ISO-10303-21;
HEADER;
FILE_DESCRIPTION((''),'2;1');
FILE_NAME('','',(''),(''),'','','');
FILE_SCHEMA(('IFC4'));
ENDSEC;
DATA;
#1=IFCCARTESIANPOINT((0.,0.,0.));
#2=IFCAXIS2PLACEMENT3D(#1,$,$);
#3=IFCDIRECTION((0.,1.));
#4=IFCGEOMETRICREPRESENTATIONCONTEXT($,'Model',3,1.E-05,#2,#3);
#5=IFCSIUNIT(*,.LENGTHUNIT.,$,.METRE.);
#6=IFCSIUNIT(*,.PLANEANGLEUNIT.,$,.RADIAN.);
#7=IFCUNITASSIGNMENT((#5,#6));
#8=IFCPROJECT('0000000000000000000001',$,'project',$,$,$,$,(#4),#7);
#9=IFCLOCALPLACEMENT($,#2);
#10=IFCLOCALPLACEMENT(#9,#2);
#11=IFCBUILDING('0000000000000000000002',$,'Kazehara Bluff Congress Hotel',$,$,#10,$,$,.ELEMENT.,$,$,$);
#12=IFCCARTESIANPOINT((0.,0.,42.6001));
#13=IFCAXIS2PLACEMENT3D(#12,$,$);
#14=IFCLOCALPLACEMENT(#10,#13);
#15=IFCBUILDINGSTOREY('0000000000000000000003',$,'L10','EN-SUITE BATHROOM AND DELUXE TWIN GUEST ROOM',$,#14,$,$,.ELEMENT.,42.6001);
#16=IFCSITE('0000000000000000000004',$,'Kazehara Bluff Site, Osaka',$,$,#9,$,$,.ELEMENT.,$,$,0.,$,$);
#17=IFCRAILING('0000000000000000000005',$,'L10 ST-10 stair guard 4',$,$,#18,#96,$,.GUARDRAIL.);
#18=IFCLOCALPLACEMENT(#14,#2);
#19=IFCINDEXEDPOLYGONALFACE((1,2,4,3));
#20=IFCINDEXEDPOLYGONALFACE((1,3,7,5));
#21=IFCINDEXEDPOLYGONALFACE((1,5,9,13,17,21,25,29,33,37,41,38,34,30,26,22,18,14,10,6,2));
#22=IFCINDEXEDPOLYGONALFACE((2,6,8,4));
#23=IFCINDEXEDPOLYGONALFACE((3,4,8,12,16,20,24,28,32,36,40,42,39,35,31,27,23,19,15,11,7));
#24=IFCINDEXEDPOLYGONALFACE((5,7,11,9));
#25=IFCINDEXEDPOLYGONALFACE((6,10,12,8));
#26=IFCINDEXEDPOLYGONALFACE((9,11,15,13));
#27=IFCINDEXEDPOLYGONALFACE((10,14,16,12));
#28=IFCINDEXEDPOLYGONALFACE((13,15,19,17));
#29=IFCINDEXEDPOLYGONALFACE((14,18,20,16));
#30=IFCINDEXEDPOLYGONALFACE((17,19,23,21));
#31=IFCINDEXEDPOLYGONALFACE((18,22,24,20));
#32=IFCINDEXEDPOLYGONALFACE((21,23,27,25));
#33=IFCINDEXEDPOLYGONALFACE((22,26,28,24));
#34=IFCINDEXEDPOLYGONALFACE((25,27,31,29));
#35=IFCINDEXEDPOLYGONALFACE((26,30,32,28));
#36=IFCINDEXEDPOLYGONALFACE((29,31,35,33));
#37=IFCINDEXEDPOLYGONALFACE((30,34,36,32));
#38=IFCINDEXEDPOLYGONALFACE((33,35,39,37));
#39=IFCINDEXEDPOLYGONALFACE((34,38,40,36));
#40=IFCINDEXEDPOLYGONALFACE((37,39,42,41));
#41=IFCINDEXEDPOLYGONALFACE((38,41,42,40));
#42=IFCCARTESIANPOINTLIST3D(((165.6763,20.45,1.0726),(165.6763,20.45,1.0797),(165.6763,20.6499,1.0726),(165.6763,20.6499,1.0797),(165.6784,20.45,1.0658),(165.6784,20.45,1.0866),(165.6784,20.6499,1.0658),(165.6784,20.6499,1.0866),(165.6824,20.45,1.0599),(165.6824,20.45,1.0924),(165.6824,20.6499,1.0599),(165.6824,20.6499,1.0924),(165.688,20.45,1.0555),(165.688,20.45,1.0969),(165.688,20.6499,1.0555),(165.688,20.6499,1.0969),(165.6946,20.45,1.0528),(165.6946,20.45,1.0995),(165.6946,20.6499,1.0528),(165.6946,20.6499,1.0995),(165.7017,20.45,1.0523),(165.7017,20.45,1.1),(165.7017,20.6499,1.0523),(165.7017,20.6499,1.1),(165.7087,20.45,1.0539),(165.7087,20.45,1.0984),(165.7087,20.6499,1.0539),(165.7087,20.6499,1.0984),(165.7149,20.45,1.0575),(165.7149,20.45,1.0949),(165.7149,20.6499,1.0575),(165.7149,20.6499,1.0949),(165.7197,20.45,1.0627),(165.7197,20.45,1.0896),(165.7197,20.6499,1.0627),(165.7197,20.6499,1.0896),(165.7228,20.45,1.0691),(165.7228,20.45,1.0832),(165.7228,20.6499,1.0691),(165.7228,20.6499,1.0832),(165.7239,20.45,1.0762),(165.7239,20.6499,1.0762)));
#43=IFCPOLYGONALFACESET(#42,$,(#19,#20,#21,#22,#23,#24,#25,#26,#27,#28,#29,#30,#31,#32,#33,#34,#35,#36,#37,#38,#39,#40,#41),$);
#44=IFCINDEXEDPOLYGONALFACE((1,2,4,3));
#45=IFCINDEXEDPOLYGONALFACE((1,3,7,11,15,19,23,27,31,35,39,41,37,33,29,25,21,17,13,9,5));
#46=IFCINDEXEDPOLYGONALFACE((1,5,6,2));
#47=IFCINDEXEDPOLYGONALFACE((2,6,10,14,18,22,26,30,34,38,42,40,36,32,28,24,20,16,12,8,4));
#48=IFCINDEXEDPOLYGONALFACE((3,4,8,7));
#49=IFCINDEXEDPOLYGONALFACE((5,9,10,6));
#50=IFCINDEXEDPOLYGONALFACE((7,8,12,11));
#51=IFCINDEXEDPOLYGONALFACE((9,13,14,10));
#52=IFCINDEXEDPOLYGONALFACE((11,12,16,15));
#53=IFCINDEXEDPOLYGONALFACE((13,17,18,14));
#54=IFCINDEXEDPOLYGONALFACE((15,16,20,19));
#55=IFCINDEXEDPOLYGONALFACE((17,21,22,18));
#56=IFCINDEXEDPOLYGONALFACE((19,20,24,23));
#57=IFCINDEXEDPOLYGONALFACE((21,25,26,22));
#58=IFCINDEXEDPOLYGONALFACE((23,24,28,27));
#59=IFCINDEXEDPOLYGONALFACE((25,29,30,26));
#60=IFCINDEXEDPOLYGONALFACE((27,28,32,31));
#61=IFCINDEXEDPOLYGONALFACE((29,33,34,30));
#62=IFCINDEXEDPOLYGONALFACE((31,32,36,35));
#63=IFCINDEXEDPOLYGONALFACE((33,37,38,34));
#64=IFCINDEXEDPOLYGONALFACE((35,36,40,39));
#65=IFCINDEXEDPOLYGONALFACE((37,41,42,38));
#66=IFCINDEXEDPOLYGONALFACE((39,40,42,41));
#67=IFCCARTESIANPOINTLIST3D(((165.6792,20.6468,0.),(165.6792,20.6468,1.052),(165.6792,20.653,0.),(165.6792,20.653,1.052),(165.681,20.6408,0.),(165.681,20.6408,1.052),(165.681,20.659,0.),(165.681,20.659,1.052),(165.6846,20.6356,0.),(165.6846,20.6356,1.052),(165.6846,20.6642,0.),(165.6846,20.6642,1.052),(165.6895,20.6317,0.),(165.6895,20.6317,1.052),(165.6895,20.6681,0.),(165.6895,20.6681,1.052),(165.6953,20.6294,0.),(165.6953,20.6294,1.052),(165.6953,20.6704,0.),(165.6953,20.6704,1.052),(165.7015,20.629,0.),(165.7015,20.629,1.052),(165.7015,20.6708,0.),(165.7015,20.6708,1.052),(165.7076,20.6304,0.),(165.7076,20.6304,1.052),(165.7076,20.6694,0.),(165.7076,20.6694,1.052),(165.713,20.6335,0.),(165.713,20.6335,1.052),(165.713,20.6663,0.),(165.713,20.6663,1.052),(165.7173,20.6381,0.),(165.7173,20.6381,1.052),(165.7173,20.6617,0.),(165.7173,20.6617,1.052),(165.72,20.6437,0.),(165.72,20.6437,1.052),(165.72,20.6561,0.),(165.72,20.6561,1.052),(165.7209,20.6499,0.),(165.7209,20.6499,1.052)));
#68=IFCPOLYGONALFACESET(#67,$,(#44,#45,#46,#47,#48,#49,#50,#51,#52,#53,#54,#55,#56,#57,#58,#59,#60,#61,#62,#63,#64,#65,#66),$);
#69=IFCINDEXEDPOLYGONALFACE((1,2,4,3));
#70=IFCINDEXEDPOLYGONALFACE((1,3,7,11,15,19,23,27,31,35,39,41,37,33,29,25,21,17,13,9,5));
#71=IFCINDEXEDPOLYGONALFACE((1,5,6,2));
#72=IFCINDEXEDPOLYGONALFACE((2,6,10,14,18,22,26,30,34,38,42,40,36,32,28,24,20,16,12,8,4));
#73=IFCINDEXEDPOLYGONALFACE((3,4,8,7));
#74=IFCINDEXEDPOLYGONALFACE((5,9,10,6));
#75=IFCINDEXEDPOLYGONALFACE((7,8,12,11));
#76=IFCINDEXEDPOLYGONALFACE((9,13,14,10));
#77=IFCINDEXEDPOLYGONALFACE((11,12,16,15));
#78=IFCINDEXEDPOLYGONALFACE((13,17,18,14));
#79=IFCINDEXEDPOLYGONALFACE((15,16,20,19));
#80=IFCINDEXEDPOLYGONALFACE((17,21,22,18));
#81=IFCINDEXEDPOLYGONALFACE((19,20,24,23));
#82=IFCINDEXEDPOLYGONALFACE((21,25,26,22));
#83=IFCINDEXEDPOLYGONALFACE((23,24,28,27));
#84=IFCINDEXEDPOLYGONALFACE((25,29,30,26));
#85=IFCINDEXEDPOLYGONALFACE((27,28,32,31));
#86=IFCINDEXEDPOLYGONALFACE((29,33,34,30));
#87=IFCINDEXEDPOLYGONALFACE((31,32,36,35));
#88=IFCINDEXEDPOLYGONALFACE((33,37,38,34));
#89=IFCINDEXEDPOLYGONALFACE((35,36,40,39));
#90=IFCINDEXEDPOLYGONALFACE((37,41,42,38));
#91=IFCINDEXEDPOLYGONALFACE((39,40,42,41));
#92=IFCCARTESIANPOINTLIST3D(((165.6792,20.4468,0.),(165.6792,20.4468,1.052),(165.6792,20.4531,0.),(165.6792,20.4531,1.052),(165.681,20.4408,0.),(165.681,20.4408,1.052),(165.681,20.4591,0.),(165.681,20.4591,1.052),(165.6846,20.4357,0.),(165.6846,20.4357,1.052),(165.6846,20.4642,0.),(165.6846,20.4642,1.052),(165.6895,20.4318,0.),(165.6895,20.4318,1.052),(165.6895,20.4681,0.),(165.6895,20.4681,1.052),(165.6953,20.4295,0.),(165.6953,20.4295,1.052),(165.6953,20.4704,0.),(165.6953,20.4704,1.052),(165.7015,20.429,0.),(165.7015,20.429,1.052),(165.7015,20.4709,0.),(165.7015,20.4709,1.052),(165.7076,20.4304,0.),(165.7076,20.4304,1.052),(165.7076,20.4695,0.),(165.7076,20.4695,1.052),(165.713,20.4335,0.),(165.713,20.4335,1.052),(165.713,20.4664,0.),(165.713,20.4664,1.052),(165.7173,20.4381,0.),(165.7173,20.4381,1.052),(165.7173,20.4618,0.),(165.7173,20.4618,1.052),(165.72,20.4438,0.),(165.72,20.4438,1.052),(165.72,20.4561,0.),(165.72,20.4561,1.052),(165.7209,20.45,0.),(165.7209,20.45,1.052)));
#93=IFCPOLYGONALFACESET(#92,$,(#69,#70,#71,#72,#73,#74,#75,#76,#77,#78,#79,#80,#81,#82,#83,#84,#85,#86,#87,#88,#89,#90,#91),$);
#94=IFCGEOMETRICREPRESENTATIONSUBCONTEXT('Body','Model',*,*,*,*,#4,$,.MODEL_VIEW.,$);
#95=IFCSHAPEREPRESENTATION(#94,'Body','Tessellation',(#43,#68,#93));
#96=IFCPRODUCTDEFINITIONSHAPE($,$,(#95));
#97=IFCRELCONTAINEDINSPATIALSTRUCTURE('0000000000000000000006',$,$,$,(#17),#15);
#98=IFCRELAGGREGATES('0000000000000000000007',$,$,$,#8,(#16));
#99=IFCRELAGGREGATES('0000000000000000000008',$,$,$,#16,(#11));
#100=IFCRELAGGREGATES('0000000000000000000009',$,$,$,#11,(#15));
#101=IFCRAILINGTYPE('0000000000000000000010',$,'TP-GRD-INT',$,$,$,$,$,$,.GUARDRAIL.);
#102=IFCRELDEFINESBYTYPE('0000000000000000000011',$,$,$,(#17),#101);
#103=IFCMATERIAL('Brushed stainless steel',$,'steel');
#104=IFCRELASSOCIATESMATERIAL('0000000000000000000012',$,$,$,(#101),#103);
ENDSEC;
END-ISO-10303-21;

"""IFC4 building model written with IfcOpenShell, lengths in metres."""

from ifc_helpers import new_model, si_unit, direction, frame, origin, origin_2d, place, context, subcontext, project, spatial, circle, extrude, material, type_object, element, save


model = new_model("IFC4")

# Units and contexts
model_context = context("Model", 3, precision=1e-05, world=origin(), true_north=direction((0.0, 1.0)))
body_context = subcontext(model_context, "Body", "Model", "MODEL_VIEW")
ifc_project = project(units=[si_unit("LENGTHUNIT", "METRE"), si_unit("PLANEANGLEUNIT", "RADIAN")], contexts=[model_context])

# Site, building, storey
site_placement = place(None, origin())
site = spatial("IfcSite", under=ifc_project, at=site_placement, Name="Kazehara Bluff Site, Osaka", CompositionType="ELEMENT", RefElevation=0.0)
building_placement = place(site_placement, origin())
building = spatial("IfcBuilding", under=site, at=building_placement, Name="Kazehara Bluff Congress Hotel", CompositionType="ELEMENT")
storey_placement = place(building_placement, frame((0.0, 0.0, 42.6001)))
storey = spatial("IfcBuildingStorey", under=building, at=storey_placement, Name="L10", Description="EN-SUITE BATHROOM AND DELUXE TWIN GUEST ROOM", CompositionType="ELEMENT", Elevation=42.6001)

# Railing
ifc_material_1 = material(Name="Brushed stainless steel", Category="steel")
railing_type_1 = type_object("IfcRailingType", Name="TP-GRD-INT", PredefinedType="GUARDRAIL", material=ifc_material_1)
railing_1_placement = place(storey_placement, frame((165.7, 20.6499, 0.0)))
element("IfcRailing", 1, at=railing_1_placement, inside=storey, type_object=railing_type_1, Name="L10 ST-10 stair guard 4", PredefinedType="GUARDRAIL", context=body_context, shape_type="SweptSolid", body=[
    extrude(circle(Radius=0.0239, at=origin_2d()), frame((0.0, 0.0, 1.0762), z_axis=(0.0, -1.0, 0.0), x_axis=(1.0, 0.0, 0.0)), (0.0, 0.0, 1.0), 0.2),
    extrude(circle(Radius=0.021, at=origin_2d()), origin(), (0.0, 0.0, 1.0), 1.052),
    extrude(circle(Radius=0.021, at=origin_2d()), frame((0.0, -0.2, 0.0)), (0.0, 0.0, 1.0), 1.052),
])

save(model, "model.ifc")
